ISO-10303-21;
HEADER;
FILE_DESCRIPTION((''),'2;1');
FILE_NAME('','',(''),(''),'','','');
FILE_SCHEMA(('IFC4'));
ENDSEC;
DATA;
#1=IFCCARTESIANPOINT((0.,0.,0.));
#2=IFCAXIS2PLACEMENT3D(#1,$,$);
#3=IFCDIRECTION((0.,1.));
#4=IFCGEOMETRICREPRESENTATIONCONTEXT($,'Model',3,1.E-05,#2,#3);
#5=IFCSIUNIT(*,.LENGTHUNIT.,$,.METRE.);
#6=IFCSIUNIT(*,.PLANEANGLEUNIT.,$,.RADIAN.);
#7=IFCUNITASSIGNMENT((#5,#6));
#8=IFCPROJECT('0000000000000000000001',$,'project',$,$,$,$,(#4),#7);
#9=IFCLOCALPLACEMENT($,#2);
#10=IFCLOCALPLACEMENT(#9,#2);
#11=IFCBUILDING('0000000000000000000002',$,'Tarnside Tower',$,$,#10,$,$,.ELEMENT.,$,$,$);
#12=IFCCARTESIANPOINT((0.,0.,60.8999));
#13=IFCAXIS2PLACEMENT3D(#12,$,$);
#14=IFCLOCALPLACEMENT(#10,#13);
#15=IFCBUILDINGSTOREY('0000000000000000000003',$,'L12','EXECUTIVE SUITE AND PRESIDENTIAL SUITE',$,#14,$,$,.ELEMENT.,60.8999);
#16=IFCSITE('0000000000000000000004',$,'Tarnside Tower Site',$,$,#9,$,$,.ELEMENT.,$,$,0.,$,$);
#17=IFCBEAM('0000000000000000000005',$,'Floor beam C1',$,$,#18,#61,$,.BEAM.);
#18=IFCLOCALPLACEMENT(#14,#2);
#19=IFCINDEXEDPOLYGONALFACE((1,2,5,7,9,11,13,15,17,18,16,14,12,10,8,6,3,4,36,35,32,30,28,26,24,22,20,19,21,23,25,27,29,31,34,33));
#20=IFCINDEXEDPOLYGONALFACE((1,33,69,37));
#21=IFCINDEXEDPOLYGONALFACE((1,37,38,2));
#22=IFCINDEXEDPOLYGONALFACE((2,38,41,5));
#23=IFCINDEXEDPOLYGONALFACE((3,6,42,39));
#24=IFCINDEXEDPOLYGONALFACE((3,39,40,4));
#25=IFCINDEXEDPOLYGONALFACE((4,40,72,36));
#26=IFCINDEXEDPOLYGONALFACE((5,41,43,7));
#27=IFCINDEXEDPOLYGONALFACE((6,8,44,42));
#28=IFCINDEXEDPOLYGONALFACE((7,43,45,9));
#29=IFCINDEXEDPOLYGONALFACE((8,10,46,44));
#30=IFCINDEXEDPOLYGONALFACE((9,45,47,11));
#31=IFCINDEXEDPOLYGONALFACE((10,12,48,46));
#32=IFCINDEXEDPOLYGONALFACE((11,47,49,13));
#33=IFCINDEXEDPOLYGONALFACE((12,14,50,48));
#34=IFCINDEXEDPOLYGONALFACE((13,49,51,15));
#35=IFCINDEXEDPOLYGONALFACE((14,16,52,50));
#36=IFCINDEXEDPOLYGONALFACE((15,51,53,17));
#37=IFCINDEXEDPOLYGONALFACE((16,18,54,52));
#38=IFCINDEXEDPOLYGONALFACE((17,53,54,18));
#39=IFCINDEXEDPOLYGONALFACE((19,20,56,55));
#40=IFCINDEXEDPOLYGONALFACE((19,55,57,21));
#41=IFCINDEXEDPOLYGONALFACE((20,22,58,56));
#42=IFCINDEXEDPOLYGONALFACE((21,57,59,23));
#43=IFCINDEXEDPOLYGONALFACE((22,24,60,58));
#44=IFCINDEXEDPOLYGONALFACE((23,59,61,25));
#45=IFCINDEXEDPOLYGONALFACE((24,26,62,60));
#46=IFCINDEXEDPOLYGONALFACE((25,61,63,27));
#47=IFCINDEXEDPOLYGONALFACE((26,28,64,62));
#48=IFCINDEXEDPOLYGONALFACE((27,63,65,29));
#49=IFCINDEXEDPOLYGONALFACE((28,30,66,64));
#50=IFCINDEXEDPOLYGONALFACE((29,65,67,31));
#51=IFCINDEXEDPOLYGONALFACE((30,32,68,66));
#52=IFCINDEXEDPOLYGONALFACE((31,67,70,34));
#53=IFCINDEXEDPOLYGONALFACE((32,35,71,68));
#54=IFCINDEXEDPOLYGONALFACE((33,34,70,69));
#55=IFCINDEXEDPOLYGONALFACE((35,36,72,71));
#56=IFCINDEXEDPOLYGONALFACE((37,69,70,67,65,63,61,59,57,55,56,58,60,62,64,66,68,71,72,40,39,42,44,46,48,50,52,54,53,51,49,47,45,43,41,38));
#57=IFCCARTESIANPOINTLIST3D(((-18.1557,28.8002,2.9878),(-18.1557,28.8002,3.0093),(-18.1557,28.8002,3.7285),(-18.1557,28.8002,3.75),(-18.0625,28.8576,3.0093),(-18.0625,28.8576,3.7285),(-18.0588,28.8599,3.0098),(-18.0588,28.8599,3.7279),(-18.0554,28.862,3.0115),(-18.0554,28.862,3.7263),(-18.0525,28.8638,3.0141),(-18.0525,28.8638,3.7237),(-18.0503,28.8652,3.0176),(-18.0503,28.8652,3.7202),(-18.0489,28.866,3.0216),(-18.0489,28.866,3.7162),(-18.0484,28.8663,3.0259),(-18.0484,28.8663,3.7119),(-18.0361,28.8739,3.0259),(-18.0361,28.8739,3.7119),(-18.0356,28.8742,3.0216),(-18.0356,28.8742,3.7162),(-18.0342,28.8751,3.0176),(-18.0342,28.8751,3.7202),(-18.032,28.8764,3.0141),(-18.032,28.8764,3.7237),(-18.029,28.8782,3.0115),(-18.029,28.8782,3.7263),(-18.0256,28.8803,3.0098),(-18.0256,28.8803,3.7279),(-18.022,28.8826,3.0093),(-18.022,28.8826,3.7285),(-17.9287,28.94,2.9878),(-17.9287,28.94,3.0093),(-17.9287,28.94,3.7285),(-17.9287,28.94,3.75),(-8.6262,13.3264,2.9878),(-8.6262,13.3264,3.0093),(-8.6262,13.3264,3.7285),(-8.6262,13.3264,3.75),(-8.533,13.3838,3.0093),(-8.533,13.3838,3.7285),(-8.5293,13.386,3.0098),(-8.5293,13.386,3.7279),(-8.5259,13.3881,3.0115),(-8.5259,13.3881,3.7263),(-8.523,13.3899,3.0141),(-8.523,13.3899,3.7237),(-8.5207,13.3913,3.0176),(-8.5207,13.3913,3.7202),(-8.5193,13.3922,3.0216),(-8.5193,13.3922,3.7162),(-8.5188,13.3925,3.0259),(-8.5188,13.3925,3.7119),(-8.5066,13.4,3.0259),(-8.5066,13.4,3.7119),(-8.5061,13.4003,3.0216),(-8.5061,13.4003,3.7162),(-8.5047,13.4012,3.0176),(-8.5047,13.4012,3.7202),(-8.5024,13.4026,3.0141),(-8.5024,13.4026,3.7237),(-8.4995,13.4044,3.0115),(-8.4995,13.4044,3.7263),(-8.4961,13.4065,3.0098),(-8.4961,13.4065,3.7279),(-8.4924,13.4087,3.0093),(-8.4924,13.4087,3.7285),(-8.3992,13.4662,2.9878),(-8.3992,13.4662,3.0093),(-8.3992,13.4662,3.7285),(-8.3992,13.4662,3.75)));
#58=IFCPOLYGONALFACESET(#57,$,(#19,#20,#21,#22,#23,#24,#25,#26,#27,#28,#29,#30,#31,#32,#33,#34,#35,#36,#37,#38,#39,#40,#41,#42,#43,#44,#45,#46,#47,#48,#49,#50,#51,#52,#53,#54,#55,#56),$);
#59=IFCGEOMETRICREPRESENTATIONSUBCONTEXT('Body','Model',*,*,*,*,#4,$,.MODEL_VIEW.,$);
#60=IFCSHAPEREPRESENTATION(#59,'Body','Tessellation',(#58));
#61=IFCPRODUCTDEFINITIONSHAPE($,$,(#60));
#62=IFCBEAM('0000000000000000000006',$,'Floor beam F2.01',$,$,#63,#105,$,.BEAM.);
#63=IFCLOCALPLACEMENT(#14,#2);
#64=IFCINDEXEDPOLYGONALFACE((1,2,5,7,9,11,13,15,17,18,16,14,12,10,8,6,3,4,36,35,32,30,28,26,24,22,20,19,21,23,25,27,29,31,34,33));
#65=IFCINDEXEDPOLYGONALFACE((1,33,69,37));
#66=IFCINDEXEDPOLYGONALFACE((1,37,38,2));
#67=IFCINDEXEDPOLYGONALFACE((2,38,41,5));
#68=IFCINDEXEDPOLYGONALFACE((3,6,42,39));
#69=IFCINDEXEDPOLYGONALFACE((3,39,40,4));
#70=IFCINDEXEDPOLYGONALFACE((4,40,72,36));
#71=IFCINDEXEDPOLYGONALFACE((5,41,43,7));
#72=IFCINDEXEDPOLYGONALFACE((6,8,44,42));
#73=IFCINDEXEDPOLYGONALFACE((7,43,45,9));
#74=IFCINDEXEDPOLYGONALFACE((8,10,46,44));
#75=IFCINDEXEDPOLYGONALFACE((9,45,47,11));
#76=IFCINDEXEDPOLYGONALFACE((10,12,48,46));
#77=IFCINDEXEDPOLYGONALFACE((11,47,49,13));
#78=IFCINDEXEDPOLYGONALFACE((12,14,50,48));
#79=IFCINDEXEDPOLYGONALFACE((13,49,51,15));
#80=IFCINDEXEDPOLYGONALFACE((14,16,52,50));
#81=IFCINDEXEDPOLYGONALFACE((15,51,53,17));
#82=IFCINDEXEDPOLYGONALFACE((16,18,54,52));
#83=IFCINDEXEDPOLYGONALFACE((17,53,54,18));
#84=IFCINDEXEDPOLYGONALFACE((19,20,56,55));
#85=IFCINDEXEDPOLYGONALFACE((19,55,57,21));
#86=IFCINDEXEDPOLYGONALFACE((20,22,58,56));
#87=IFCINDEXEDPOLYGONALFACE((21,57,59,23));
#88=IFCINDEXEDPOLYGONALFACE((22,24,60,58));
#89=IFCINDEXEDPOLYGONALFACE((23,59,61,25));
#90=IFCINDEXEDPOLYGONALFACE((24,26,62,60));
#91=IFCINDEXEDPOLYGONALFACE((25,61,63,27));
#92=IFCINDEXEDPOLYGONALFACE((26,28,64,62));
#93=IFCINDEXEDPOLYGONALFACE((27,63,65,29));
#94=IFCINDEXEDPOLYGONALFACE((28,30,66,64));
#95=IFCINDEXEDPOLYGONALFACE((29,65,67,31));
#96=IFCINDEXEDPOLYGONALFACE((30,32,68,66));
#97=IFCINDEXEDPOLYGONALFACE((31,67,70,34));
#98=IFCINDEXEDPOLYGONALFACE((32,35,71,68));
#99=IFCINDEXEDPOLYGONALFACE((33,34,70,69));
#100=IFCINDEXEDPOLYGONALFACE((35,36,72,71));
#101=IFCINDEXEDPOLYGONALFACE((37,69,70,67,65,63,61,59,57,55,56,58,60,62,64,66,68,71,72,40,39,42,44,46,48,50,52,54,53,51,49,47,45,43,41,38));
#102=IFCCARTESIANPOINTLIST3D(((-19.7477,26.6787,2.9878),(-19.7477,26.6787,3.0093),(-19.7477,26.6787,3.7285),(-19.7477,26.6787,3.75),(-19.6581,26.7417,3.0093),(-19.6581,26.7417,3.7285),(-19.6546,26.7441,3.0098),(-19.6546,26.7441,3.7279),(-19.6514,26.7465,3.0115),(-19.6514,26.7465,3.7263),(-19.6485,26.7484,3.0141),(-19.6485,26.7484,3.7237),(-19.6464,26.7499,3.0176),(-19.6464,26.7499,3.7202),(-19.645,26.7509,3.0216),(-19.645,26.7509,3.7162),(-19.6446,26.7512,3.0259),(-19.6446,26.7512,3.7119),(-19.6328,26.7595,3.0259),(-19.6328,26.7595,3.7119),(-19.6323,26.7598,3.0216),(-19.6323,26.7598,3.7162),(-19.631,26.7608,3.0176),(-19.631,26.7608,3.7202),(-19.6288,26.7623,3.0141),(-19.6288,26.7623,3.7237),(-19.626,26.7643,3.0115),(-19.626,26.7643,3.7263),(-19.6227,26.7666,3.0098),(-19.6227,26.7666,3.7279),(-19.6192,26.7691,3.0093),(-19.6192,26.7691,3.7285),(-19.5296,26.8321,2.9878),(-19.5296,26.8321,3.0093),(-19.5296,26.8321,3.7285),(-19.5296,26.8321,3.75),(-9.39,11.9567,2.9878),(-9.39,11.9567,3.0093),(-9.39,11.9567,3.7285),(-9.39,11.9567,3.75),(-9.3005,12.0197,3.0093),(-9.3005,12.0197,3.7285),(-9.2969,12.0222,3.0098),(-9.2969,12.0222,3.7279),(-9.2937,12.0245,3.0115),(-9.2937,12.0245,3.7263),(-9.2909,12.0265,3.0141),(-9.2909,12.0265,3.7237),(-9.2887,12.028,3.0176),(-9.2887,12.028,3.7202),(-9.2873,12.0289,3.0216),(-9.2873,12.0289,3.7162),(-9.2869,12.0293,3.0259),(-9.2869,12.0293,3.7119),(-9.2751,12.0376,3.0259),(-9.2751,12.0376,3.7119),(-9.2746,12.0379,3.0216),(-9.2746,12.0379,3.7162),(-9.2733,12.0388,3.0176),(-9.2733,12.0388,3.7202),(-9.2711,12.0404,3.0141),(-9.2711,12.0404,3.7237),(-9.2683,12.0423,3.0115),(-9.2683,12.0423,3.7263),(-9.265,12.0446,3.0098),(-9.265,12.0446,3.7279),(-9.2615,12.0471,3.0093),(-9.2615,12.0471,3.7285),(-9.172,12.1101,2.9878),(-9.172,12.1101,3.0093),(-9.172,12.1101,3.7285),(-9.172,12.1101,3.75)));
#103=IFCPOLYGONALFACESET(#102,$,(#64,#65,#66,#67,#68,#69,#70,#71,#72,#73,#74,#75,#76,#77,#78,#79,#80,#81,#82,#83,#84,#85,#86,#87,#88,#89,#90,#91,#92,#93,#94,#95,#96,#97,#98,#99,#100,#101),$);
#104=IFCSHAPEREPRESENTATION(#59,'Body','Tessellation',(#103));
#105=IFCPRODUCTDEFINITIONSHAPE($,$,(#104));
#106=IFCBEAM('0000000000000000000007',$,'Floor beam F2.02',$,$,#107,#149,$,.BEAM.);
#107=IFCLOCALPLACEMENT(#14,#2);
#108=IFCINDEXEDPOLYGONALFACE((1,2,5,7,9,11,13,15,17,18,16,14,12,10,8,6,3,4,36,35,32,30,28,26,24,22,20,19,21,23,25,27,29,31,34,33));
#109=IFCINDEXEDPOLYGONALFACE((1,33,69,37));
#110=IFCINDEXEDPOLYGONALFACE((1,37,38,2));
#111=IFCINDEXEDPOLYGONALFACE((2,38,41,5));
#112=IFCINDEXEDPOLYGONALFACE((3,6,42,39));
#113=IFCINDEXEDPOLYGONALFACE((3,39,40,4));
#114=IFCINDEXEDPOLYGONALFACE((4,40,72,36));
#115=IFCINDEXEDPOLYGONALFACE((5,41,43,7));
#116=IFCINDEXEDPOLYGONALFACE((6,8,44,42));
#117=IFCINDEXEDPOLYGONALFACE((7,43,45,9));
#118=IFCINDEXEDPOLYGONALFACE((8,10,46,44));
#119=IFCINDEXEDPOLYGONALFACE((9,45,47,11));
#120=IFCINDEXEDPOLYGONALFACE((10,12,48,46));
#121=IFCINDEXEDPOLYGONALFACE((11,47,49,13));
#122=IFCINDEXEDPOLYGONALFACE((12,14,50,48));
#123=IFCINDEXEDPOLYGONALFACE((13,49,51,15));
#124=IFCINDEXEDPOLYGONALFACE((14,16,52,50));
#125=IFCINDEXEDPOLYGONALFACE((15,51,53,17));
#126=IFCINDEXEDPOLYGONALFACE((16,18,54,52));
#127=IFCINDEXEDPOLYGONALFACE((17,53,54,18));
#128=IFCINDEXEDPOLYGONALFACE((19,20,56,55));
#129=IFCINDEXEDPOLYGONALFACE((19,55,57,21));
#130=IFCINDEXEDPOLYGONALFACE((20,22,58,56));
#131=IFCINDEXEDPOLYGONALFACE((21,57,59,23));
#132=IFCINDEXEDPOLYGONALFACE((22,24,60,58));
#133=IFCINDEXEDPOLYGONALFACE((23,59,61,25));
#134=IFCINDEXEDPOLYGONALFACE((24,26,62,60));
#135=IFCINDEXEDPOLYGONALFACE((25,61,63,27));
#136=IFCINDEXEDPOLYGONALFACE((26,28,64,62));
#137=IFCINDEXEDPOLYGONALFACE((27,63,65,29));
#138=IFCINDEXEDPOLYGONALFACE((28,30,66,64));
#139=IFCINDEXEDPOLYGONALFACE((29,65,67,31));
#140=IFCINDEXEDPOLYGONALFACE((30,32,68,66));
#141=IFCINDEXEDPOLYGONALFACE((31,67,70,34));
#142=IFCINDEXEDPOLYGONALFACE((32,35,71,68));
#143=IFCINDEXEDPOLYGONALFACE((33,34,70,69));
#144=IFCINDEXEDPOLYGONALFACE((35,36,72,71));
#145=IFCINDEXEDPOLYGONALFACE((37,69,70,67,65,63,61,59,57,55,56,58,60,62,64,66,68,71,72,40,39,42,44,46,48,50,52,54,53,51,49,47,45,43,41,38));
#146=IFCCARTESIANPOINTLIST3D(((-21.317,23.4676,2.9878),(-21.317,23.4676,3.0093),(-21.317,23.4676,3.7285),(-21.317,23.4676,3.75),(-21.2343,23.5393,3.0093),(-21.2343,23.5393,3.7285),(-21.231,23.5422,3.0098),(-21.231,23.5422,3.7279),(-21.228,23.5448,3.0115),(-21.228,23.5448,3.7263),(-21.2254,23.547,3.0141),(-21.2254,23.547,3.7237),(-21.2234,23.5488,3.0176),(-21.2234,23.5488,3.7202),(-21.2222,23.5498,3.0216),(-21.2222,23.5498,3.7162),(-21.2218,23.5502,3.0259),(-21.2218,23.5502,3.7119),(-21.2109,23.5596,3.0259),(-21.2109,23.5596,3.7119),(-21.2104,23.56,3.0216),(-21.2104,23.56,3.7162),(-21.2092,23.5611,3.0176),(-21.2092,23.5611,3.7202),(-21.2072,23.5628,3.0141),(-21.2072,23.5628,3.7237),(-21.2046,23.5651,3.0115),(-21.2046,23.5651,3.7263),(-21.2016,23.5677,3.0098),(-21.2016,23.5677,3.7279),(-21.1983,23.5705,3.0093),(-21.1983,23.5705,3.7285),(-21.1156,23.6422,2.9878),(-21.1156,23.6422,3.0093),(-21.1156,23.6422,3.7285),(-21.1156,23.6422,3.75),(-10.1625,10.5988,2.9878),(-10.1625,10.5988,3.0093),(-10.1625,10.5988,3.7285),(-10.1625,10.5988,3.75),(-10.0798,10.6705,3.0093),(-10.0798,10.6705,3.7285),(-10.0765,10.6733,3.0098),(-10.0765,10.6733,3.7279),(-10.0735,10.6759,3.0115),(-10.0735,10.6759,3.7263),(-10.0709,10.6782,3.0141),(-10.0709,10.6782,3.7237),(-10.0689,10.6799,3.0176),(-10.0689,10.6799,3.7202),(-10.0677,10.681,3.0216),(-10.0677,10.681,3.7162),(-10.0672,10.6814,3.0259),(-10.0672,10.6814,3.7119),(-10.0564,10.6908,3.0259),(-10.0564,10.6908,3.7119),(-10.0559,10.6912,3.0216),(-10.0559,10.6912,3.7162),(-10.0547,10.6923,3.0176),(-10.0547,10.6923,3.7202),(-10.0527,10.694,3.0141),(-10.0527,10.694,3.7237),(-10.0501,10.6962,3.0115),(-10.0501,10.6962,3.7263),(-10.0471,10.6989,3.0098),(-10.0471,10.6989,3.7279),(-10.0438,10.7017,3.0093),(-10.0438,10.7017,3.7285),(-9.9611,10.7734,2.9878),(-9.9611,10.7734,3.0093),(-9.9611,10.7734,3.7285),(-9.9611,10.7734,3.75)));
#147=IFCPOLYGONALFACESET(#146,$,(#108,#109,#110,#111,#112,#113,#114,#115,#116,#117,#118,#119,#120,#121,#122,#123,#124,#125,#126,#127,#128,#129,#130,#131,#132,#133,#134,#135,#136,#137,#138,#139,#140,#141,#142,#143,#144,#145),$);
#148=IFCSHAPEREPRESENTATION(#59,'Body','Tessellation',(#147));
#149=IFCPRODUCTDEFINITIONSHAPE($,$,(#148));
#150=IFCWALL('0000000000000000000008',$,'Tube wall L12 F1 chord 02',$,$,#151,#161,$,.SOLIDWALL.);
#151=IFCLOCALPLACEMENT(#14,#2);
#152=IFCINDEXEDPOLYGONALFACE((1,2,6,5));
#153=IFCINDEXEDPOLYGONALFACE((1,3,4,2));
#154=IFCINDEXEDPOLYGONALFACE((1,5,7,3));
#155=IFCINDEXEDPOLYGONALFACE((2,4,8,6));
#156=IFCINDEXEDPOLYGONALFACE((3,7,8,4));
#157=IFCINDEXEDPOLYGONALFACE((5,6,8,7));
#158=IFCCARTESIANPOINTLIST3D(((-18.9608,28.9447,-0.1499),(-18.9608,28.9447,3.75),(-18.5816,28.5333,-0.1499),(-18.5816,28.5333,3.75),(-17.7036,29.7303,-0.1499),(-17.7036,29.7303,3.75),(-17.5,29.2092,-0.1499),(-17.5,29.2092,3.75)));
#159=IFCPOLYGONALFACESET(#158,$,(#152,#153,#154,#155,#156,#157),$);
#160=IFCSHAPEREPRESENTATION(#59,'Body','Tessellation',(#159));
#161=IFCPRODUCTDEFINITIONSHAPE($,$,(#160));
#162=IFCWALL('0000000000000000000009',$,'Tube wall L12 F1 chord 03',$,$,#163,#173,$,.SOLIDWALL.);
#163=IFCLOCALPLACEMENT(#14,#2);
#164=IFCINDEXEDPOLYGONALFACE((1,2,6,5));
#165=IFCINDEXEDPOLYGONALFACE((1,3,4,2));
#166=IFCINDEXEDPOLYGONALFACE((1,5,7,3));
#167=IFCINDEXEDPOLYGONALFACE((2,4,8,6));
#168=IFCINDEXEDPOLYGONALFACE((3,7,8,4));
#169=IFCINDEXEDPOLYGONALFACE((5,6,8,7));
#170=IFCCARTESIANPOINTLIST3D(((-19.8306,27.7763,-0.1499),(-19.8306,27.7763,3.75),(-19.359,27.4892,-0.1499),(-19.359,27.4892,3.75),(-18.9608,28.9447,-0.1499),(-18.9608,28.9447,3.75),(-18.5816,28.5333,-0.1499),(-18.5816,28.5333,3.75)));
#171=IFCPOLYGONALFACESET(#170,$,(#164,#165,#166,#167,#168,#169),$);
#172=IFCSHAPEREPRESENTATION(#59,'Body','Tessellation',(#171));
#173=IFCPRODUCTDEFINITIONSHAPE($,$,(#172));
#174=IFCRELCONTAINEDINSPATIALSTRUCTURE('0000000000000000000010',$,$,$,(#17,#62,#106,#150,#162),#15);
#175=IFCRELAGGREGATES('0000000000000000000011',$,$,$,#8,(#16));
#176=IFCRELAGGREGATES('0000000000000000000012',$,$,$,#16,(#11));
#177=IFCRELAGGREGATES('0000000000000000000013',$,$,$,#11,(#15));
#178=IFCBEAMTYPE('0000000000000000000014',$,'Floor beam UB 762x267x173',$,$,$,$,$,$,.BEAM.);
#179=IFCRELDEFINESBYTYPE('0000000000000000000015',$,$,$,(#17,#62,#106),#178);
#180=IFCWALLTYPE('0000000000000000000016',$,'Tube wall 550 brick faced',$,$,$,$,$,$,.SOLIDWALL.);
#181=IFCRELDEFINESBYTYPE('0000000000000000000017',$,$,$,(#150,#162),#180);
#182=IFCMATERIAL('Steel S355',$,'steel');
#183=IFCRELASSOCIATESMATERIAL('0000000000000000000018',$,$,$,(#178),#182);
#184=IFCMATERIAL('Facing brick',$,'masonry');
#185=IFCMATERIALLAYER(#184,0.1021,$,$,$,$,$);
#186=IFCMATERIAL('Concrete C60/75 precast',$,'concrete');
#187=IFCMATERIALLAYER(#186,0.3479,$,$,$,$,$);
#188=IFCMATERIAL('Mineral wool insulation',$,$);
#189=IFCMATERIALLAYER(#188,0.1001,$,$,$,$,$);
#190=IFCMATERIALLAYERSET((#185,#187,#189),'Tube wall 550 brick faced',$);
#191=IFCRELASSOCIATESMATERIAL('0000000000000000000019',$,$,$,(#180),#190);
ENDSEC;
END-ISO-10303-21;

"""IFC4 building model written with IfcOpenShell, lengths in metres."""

from ifc_helpers import new_model, si_unit, direction, frame, origin, origin_2d, place, context, subcontext, project, spatial, polyline, i_section, outline, extrude, material, layer, layer_set, material_profile, profile_set, type_object, element, save


model = new_model("IFC4")

# Units and contexts
model_context = context("Model", 3, precision=1e-05, world=origin(), true_north=direction((0.0, 1.0)))
body_context = subcontext(model_context, "Body", "Model", "MODEL_VIEW")
ifc_project = project(units=[si_unit("LENGTHUNIT", "METRE"), si_unit("PLANEANGLEUNIT", "RADIAN")], contexts=[model_context])

# Site, building, storey
site_placement = place(None, origin())
site = spatial("IfcSite", under=ifc_project, at=site_placement, Name="Tarnside Tower Site", CompositionType="ELEMENT", RefElevation=0.0)
building_placement = place(site_placement, origin())
building = spatial("IfcBuilding", under=site, at=building_placement, Name="Tarnside Tower", CompositionType="ELEMENT")
storey_placement = place(building_placement, frame((0.0, 0.0, 60.8999)))
storey = spatial("IfcBuildingStorey", under=building, at=storey_placement, Name="L12", Description="EXECUTIVE SUITE AND PRESIDENTIAL SUITE", CompositionType="ELEMENT", Elevation=60.8999)

# Beams
ifc_material_1 = material(Name="Steel S355", Category="steel")
ifc_material_profile = material_profile(ifc_material_1, i_section(OverallWidth=0.2666, OverallDepth=0.7622, WebThickness=0.0144, FlangeThickness=0.0215, FilletRadius=0.0166, at=origin_2d()), Name="UB 762x267x173")
ifc_profile_set = profile_set([ifc_material_profile], Name="Steel S355")
beam_type = type_object("IfcBeamType", Name="Floor beam UB 762x267x173", PredefinedType="BEAM", material=ifc_profile_set)
beam_1_placement = place(storey_placement, frame((-18.0422, 28.8701, 3.3689), z_axis=(0.524383, -0.851483, 0.0), x_axis=(0.851483, 0.524383, 0.0)))
element("IfcBeam", 1, at=beam_1_placement, inside=storey, type_object=beam_type, Name="Floor beam C1", PredefinedType="BEAM", context=body_context, shape_type="SweptSolid", body=[
    extrude(i_section(OverallWidth=0.2666, OverallDepth=0.7622, WebThickness=0.0144, FlangeThickness=0.0215, FilletRadius=0.0166, at=origin_2d()), origin(), (0.0, 0.0, 1.0), 18.1729),
])
beam_2_placement = place(storey_placement, frame((-19.6387, 26.7554, 3.3689), z_axis=(0.575411, -0.817864, 0.0), x_axis=(0.817864, 0.575411, 0.0)))
element("IfcBeam", 2, at=beam_2_placement, inside=storey, type_object=beam_type, Name="Floor beam F2.01", PredefinedType="BEAM", context=body_context, shape_type="SweptSolid", body=[
    extrude(i_section(OverallWidth=0.2666, OverallDepth=0.7622, WebThickness=0.0144, FlangeThickness=0.0215, FilletRadius=0.0166, at=origin_2d()), origin(), (0.0, 0.0, 1.0), 18.0005),
])
beam_3_placement = place(storey_placement, frame((-21.2163, 23.5549, 3.3689), z_axis=(0.654981, -0.755646, 0.0), x_axis=(0.755646, 0.654981, 0.0)))
element("IfcBeam", 3, at=beam_3_placement, inside=storey, type_object=beam_type, Name="Floor beam F2.02", PredefinedType="BEAM", context=body_context, shape_type="SweptSolid", body=[
    extrude(i_section(OverallWidth=0.2666, OverallDepth=0.7622, WebThickness=0.0144, FlangeThickness=0.0215, FilletRadius=0.0166, at=origin_2d()), origin(), (0.0, 0.0, 1.0), 17.0303),
])

# Walls
ifc_material_2 = material(Name="Facing brick", Category="masonry")
ifc_layer_1 = layer(ifc_material_2, 0.1021)
ifc_material_3 = material(Name="Concrete C60/75 precast", Category="concrete")
ifc_layer_2 = layer(ifc_material_3, 0.3479)
ifc_material_4 = material(Name="Mineral wool insulation")
ifc_layer_3 = layer(ifc_material_4, 0.1001)
ifc_layer_set_1 = layer_set([ifc_layer_1, ifc_layer_2, ifc_layer_3], Name="Tube wall 550 brick faced")
wall_type = type_object("IfcWallType", Name="Tube wall 550 brick faced", PredefinedType="SOLIDWALL", material=ifc_layer_set_1)
wall_1_placement = place(storey_placement, frame((-17.6018, 29.4697, -0.1499), z_axis=(0.0, 0.0, 1.0), x_axis=(-0.848058, -0.529903, 0.0)))
element("IfcWall", 4, at=wall_1_placement, inside=storey, type_object=wall_type, Name="Tube wall L12 F1 chord 02", PredefinedType="SOLIDWALL", context=body_context, shape_type="SweptSolid", body=[
    extrude(outline(polyline([(-0.0518, -0.2749), (1.4307, -0.2749), (1.3271, 0.2749), (0.0518, 0.2749), (-0.0518, -0.2749)])), origin(), (0.0, 0.0, 1.0), 3.8999),
])
wall_2_placement = place(storey_placement, frame((-18.7712, 28.739, -0.1499), z_axis=(0.0, 0.0, 1.0), x_axis=(-0.597135, -0.802141, 0.0)))
element("IfcWall", 5, at=wall_2_placement, inside=storey, type_object=wall_type, Name="Tube wall L12 F1 chord 03", PredefinedType="SOLIDWALL", context=body_context, shape_type="SweptSolid", body=[
    extrude(outline(polyline([(-0.0518, -0.2749), (1.4048, -0.2749), (1.3535, 0.2749), (0.0518, 0.2749), (-0.0518, -0.2749)])), origin(), (0.0, 0.0, 1.0), 3.8999),
])

save(model, "model.ifc")
